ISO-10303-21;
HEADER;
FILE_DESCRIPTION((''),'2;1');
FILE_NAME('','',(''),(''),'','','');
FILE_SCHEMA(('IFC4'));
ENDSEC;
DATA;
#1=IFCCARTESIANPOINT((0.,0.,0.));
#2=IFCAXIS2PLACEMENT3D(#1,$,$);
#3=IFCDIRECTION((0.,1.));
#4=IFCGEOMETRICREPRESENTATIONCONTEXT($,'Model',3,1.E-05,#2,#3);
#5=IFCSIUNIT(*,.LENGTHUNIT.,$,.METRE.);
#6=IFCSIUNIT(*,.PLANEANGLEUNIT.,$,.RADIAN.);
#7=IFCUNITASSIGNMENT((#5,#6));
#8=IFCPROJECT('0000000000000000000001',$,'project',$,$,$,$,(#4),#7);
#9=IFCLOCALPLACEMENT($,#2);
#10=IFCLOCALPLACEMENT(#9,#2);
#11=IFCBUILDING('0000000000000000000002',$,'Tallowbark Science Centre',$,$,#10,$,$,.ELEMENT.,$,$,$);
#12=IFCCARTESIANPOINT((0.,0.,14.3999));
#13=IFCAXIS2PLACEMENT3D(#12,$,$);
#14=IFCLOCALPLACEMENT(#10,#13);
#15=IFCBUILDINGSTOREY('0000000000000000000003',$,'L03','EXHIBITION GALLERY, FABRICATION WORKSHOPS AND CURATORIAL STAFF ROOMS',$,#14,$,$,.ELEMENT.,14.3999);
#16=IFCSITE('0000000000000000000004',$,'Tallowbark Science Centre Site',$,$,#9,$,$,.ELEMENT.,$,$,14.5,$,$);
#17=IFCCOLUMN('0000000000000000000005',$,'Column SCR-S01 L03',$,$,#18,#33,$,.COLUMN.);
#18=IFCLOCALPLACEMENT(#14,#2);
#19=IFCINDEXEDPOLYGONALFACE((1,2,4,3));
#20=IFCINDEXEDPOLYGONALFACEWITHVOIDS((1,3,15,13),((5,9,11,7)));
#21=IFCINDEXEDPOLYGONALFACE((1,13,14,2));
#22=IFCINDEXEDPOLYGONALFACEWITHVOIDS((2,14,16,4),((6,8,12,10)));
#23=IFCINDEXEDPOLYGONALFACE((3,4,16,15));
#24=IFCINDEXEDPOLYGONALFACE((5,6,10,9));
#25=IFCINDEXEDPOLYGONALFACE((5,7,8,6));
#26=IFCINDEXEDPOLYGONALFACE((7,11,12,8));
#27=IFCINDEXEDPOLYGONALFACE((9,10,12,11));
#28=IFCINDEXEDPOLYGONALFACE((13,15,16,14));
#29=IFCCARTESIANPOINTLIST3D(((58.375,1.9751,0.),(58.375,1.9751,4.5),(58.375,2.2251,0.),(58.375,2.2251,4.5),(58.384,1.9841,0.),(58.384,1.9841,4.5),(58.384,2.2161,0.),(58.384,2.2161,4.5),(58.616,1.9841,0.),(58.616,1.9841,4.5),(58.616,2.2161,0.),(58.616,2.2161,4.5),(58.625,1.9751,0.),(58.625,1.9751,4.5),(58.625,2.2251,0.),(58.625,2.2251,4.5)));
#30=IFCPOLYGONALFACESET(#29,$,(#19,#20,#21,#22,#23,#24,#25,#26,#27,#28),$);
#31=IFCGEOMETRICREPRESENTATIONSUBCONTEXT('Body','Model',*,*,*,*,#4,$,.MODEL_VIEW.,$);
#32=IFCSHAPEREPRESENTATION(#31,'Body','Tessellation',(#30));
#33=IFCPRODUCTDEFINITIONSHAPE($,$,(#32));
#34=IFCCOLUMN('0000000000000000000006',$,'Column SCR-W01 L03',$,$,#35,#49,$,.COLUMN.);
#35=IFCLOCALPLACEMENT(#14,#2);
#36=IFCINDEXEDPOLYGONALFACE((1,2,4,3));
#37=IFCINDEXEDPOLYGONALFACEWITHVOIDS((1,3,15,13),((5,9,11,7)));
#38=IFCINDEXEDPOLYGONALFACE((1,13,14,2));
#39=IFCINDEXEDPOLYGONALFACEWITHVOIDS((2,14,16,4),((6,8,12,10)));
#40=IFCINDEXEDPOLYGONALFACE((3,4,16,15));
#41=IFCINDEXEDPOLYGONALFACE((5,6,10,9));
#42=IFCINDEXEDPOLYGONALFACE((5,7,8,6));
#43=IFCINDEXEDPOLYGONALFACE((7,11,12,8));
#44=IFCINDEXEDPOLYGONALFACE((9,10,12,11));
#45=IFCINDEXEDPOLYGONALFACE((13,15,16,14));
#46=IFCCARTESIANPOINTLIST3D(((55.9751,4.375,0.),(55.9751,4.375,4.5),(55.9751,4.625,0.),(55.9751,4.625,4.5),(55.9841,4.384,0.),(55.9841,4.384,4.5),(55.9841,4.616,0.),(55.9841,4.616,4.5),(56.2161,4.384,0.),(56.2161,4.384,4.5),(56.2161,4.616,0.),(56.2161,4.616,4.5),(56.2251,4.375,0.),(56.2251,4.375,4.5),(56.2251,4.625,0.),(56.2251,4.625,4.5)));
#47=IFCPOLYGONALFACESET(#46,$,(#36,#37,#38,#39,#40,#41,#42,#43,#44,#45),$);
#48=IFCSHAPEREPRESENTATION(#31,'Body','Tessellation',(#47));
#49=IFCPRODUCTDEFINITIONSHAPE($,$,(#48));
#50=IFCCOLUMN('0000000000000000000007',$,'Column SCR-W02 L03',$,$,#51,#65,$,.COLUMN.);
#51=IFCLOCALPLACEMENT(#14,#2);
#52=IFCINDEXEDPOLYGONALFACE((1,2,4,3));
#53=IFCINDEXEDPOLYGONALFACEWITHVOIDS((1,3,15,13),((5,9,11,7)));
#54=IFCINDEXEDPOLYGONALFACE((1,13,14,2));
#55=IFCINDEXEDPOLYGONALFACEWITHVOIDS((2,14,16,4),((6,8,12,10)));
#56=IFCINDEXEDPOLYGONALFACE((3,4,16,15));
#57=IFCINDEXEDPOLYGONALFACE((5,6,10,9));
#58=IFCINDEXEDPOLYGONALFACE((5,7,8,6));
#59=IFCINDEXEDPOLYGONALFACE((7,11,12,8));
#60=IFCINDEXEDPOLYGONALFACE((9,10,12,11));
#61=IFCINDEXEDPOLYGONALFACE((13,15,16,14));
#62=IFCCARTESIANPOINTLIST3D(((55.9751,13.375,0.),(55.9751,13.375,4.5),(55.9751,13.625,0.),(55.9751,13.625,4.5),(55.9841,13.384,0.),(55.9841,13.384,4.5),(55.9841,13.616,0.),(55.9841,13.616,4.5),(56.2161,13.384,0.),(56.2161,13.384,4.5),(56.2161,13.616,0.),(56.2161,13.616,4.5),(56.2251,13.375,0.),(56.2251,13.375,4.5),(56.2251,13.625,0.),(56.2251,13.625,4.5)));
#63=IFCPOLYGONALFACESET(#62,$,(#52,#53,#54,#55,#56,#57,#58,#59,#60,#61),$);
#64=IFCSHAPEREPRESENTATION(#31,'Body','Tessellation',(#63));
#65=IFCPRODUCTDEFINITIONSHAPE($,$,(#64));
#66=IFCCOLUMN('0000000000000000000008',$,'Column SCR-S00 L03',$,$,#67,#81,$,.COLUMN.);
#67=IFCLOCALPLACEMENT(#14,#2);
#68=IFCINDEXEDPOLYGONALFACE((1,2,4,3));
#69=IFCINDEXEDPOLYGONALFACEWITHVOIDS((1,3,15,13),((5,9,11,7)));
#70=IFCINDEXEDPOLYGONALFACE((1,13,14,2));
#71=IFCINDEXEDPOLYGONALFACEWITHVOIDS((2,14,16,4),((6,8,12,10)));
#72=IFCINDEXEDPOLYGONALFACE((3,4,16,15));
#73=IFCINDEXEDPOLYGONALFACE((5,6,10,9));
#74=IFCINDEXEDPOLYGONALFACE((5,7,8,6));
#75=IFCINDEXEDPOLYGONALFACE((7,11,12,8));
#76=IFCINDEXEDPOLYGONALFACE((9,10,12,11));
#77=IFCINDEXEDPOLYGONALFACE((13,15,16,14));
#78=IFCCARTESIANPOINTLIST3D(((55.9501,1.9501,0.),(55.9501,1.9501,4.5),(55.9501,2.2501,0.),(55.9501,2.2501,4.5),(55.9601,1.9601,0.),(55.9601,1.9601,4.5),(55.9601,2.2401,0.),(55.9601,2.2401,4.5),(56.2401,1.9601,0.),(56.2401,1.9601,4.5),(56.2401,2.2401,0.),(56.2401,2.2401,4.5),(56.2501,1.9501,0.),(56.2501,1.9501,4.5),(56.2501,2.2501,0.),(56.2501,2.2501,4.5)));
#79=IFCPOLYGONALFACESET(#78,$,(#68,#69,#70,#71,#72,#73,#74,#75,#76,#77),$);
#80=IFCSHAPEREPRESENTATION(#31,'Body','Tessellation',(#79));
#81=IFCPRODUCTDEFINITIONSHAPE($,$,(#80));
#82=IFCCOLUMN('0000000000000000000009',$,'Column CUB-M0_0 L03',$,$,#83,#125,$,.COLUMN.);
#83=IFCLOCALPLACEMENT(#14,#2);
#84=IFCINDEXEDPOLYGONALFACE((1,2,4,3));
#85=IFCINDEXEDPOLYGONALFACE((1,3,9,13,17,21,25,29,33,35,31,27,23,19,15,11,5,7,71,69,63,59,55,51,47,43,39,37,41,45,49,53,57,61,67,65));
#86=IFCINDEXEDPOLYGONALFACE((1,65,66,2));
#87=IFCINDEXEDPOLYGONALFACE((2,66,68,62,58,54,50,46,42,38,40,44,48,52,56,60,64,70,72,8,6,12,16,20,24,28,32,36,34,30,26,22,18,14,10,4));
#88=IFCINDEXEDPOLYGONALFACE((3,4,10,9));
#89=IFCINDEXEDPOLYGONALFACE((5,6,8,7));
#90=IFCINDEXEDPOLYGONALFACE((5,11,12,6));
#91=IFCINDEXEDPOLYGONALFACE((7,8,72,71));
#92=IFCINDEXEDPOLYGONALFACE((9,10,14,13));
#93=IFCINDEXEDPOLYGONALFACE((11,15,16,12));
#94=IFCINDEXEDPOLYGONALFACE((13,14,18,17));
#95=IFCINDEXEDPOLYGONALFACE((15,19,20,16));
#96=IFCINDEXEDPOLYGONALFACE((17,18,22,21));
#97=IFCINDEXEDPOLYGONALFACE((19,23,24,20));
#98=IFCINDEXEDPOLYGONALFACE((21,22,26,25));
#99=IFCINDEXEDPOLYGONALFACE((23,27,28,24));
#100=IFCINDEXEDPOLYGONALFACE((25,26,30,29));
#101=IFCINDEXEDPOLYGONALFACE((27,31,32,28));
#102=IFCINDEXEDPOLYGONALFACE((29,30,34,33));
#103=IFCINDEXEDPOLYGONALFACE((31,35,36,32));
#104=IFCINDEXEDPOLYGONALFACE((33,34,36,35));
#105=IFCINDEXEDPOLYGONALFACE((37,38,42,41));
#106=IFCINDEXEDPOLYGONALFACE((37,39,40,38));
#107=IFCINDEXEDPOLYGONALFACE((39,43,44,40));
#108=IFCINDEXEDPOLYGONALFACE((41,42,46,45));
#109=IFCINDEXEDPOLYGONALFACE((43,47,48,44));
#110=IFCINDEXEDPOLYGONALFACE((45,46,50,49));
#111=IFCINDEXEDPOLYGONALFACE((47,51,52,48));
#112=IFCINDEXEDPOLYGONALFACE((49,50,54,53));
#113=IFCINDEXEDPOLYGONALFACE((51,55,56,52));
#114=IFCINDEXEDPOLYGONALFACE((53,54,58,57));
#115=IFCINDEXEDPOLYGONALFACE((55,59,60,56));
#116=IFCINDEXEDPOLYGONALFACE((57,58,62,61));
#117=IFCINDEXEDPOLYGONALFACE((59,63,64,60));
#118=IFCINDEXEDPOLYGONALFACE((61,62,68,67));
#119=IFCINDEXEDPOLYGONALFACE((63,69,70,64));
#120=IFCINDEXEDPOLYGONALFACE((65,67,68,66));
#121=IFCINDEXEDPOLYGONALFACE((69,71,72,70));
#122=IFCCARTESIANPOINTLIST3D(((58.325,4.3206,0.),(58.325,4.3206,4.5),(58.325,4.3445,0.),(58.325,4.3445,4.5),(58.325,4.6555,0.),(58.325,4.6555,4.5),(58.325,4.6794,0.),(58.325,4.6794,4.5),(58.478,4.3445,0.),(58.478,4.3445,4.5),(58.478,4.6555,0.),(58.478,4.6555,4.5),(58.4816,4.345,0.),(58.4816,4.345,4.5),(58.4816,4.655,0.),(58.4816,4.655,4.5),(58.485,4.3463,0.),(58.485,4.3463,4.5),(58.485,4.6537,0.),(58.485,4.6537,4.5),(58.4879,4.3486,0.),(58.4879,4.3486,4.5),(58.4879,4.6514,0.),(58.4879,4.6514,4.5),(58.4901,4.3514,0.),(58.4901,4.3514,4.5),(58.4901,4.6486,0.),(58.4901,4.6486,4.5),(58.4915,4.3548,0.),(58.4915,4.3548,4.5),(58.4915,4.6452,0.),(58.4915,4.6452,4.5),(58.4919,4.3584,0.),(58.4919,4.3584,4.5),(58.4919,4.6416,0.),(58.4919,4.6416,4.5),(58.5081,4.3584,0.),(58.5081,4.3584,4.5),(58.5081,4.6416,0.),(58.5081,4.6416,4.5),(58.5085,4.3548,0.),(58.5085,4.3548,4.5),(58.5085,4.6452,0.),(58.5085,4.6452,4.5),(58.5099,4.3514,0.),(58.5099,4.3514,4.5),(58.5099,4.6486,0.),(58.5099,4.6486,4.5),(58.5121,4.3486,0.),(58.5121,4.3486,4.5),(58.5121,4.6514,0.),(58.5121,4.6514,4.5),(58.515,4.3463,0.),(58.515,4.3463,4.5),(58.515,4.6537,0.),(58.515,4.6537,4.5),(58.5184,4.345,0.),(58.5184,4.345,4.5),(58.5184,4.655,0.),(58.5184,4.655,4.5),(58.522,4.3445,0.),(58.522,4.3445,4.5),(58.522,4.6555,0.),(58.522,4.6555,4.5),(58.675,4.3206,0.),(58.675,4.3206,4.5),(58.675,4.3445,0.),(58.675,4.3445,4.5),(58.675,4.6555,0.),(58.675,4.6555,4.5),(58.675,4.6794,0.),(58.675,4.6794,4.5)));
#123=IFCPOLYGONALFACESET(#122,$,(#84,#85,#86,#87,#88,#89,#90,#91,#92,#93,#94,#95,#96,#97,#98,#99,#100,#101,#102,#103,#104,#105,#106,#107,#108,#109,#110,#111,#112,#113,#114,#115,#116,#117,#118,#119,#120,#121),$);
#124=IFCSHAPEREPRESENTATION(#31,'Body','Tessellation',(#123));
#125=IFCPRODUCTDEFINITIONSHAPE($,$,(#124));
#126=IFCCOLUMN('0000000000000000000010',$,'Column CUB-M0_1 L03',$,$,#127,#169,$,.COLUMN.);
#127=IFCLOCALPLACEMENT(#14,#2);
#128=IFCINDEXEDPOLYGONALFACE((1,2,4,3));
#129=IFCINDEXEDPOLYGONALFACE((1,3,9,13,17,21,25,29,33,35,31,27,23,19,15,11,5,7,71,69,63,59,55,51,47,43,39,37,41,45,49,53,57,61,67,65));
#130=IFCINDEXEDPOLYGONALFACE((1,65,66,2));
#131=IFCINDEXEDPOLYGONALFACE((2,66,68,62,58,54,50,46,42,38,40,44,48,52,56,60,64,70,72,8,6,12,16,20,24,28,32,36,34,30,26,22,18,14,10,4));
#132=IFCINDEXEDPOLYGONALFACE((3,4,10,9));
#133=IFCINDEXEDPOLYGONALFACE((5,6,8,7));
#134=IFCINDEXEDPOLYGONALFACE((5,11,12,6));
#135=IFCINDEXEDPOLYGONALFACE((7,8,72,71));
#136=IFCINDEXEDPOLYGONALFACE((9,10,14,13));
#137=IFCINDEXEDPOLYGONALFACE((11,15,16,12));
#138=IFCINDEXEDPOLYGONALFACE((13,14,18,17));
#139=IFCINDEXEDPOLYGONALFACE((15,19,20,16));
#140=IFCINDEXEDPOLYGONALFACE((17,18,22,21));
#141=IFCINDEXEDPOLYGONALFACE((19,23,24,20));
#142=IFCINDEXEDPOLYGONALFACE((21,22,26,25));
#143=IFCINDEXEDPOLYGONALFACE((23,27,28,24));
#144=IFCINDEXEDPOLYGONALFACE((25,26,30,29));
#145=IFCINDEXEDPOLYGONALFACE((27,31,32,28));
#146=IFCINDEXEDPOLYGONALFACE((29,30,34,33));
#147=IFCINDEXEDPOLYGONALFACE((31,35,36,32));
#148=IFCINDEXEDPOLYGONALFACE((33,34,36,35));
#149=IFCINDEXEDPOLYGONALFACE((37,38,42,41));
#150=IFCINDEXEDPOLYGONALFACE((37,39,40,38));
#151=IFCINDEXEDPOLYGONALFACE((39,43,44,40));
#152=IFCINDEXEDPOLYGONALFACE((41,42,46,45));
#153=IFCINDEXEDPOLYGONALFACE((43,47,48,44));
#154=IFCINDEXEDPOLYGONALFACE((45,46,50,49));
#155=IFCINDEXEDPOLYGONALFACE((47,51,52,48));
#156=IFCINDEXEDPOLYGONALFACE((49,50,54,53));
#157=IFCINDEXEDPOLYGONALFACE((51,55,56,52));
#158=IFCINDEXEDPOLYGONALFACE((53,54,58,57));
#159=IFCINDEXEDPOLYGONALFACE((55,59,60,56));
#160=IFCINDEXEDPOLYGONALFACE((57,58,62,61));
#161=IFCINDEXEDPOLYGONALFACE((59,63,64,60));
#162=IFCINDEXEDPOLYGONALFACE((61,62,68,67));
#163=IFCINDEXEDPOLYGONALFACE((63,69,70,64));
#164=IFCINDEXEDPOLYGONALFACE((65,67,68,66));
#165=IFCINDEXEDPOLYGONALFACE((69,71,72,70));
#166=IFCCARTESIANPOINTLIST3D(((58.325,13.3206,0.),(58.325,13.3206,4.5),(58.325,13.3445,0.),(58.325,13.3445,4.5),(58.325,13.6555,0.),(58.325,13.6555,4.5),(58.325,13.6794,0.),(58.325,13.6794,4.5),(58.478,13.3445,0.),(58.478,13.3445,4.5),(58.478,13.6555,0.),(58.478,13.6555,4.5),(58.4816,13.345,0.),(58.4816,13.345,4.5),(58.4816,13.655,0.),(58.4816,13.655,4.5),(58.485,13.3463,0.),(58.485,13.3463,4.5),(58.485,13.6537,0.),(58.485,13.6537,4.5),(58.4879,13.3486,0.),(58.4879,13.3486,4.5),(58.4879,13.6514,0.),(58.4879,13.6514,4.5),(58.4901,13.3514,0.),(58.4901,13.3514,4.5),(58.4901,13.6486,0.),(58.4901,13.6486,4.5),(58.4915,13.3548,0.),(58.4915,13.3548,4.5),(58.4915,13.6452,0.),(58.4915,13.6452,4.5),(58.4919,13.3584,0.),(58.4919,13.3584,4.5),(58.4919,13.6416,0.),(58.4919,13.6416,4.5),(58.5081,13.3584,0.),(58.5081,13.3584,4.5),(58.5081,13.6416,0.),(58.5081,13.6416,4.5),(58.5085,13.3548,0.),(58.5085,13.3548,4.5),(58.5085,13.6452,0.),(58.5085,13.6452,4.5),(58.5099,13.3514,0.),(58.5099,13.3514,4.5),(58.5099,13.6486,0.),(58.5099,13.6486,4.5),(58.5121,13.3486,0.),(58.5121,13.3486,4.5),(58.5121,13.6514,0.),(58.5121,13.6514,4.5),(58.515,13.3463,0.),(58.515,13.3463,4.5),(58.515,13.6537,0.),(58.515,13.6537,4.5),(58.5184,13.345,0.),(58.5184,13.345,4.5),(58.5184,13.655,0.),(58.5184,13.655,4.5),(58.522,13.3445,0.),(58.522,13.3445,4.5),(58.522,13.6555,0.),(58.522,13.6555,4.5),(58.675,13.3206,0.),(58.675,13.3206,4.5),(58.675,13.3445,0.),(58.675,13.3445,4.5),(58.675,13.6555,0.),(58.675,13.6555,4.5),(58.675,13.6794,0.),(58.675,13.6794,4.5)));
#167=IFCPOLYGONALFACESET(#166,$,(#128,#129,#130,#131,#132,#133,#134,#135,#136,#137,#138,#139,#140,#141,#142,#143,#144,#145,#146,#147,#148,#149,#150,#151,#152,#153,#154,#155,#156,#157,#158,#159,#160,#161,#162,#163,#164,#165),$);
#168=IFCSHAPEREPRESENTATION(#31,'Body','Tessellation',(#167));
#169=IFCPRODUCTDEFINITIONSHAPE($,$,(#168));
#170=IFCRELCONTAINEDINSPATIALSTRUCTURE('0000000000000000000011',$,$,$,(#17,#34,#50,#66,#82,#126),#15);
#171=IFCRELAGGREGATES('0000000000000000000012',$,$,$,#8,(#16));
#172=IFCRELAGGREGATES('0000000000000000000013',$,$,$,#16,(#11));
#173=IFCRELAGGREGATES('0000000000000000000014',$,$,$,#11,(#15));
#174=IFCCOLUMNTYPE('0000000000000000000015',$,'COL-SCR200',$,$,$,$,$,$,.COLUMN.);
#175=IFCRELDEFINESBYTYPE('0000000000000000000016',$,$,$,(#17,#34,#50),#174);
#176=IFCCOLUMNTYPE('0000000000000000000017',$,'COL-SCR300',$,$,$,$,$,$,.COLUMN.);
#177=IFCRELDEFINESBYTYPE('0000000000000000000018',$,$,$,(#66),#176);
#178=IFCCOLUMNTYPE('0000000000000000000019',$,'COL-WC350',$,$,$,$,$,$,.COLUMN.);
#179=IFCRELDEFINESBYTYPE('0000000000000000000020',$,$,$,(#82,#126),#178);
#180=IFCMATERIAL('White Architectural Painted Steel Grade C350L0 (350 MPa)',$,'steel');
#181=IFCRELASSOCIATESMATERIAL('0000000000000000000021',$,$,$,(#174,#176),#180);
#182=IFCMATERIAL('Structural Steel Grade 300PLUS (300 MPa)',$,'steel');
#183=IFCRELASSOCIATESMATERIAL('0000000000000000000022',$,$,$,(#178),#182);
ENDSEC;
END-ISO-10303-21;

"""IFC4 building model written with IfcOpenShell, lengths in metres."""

from ifc_helpers import new_model, si_unit, direction, frame, origin, origin_2d, place, context, subcontext, project, spatial, hollow_rectangle, i_section, extrude, material, material_profile, profile_set, type_object, element, save


model = new_model("IFC4")

# Units and contexts
model_context = context("Model", 3, precision=1e-05, world=origin(), true_north=direction((0.0, 1.0)))
body_context = subcontext(model_context, "Body", "Model", "MODEL_VIEW")
ifc_project = project(units=[si_unit("LENGTHUNIT", "METRE"), si_unit("PLANEANGLEUNIT", "RADIAN")], contexts=[model_context])

# Site, building, storey
site_placement = place(None, origin())
site = spatial("IfcSite", under=ifc_project, at=site_placement, Name="Tallowbark Science Centre Site", CompositionType="ELEMENT", RefElevation=14.5)
building_placement = place(site_placement, origin())
building = spatial("IfcBuilding", under=site, at=building_placement, Name="Tallowbark Science Centre", CompositionType="ELEMENT")
storey_placement = place(building_placement, frame((0.0, 0.0, 14.3999)))
storey = spatial("IfcBuildingStorey", under=building, at=storey_placement, Name="L03", Description="EXHIBITION GALLERY, FABRICATION WORKSHOPS AND CURATORIAL STAFF ROOMS", CompositionType="ELEMENT", Elevation=14.3999)

# Columns
ifc_material_1 = material(Name="White Architectural Painted Steel Grade C350L0 (350 MPa)", Category="steel")
ifc_material_profile_1 = material_profile(ifc_material_1, hollow_rectangle(XDim=0.25, YDim=0.25, WallThickness=0.009, at=origin_2d()), Name="250x250x9.0SHS")
ifc_profile_set_1 = profile_set([ifc_material_profile_1], Name="White Architectural Painted Steel Grade C350L0 (350 MPa)")
column_type_1 = type_object("IfcColumnType", Name="COL-SCR200", PredefinedType="COLUMN", material=ifc_profile_set_1)
for number, where, z_axis, x_axis, name in (
    (1, (58.5, 2.1001, 0.0), (0.0, 0.0, 1.0), (1.0, 0.0, 0.0), "Column SCR-S01 L03"),
    (2, (56.1001, 4.5, 0.0), (0.0, 0.0, 1.0), (1.0, 0.0, 0.0), "Column SCR-W01 L03"),
    (3, (56.1001, 13.5, 0.0), (0.0, 0.0, 1.0), (1.0, 0.0, 0.0), "Column SCR-W02 L03"),
):
    element("IfcColumn", number, at=place(storey_placement, frame(where, z_axis=z_axis, x_axis=x_axis)), inside=storey, type_object=column_type_1, Name=name, PredefinedType="COLUMN", context=body_context, shape_type="SweptSolid", body=[
        extrude(hollow_rectangle(XDim=0.25, YDim=0.25, WallThickness=0.009, at=origin_2d()), origin(), (0.0, 0.0, 1.0), 4.5),
    ])
ifc_material_profile_2 = material_profile(ifc_material_1, hollow_rectangle(XDim=0.3, YDim=0.3, WallThickness=0.01, at=origin_2d()), Name="300x300x10.0SHS")
ifc_profile_set_2 = profile_set([ifc_material_profile_2], Name="White Architectural Painted Steel Grade C350L0 (350 MPa)")
column_type_2 = type_object("IfcColumnType", Name="COL-SCR300", PredefinedType="COLUMN", material=ifc_profile_set_2)
column_1_placement = place(storey_placement, frame((56.1001, 2.1001, 0.0), z_axis=(0.0, 0.0, 1.0), x_axis=(1.0, 0.0, 0.0)))
element("IfcColumn", 4, at=column_1_placement, inside=storey, type_object=column_type_2, Name="Column SCR-S00 L03", PredefinedType="COLUMN", context=body_context, shape_type="SweptSolid", body=[
    extrude(hollow_rectangle(XDim=0.3, YDim=0.3, WallThickness=0.01, at=origin_2d()), origin(), (0.0, 0.0, 1.0), 4.5),
])
ifc_material_2 = material(Name="Structural Steel Grade 300PLUS (300 MPa)", Category="steel")
ifc_material_profile_3 = material_profile(ifc_material_2, i_section(OverallWidth=0.3501, OverallDepth=0.3589, WebThickness=0.0161, FlangeThickness=0.0239, FilletRadius=0.0139, at=origin_2d()), Name="350WC197")
ifc_profile_set_3 = profile_set([ifc_material_profile_3], Name="Structural Steel Grade 300PLUS (300 MPa)")
column_type_3 = type_object("IfcColumnType", Name="COL-WC350", PredefinedType="COLUMN", material=ifc_profile_set_3)
for number, where, z_axis, x_axis, name in (
    (5, (58.5, 4.5, 0.0), (0.0, 0.0, 1.0), (1.0, 0.0, 0.0), "Column CUB-M0_0 L03"),
    (6, (58.5, 13.5, 0.0), (0.0, 0.0, 1.0), (1.0, 0.0, 0.0), "Column CUB-M0_1 L03"),
):
    element("IfcColumn", number, at=place(storey_placement, frame(where, z_axis=z_axis, x_axis=x_axis)), inside=storey, type_object=column_type_3, Name=name, PredefinedType="COLUMN", context=body_context, shape_type="SweptSolid", body=[
        extrude(i_section(OverallWidth=0.3501, OverallDepth=0.3589, WebThickness=0.0161, FlangeThickness=0.0239, FilletRadius=0.0139, at=origin_2d()), origin(), (0.0, 0.0, 1.0), 4.5),
    ])

save(model, "model.ifc")
